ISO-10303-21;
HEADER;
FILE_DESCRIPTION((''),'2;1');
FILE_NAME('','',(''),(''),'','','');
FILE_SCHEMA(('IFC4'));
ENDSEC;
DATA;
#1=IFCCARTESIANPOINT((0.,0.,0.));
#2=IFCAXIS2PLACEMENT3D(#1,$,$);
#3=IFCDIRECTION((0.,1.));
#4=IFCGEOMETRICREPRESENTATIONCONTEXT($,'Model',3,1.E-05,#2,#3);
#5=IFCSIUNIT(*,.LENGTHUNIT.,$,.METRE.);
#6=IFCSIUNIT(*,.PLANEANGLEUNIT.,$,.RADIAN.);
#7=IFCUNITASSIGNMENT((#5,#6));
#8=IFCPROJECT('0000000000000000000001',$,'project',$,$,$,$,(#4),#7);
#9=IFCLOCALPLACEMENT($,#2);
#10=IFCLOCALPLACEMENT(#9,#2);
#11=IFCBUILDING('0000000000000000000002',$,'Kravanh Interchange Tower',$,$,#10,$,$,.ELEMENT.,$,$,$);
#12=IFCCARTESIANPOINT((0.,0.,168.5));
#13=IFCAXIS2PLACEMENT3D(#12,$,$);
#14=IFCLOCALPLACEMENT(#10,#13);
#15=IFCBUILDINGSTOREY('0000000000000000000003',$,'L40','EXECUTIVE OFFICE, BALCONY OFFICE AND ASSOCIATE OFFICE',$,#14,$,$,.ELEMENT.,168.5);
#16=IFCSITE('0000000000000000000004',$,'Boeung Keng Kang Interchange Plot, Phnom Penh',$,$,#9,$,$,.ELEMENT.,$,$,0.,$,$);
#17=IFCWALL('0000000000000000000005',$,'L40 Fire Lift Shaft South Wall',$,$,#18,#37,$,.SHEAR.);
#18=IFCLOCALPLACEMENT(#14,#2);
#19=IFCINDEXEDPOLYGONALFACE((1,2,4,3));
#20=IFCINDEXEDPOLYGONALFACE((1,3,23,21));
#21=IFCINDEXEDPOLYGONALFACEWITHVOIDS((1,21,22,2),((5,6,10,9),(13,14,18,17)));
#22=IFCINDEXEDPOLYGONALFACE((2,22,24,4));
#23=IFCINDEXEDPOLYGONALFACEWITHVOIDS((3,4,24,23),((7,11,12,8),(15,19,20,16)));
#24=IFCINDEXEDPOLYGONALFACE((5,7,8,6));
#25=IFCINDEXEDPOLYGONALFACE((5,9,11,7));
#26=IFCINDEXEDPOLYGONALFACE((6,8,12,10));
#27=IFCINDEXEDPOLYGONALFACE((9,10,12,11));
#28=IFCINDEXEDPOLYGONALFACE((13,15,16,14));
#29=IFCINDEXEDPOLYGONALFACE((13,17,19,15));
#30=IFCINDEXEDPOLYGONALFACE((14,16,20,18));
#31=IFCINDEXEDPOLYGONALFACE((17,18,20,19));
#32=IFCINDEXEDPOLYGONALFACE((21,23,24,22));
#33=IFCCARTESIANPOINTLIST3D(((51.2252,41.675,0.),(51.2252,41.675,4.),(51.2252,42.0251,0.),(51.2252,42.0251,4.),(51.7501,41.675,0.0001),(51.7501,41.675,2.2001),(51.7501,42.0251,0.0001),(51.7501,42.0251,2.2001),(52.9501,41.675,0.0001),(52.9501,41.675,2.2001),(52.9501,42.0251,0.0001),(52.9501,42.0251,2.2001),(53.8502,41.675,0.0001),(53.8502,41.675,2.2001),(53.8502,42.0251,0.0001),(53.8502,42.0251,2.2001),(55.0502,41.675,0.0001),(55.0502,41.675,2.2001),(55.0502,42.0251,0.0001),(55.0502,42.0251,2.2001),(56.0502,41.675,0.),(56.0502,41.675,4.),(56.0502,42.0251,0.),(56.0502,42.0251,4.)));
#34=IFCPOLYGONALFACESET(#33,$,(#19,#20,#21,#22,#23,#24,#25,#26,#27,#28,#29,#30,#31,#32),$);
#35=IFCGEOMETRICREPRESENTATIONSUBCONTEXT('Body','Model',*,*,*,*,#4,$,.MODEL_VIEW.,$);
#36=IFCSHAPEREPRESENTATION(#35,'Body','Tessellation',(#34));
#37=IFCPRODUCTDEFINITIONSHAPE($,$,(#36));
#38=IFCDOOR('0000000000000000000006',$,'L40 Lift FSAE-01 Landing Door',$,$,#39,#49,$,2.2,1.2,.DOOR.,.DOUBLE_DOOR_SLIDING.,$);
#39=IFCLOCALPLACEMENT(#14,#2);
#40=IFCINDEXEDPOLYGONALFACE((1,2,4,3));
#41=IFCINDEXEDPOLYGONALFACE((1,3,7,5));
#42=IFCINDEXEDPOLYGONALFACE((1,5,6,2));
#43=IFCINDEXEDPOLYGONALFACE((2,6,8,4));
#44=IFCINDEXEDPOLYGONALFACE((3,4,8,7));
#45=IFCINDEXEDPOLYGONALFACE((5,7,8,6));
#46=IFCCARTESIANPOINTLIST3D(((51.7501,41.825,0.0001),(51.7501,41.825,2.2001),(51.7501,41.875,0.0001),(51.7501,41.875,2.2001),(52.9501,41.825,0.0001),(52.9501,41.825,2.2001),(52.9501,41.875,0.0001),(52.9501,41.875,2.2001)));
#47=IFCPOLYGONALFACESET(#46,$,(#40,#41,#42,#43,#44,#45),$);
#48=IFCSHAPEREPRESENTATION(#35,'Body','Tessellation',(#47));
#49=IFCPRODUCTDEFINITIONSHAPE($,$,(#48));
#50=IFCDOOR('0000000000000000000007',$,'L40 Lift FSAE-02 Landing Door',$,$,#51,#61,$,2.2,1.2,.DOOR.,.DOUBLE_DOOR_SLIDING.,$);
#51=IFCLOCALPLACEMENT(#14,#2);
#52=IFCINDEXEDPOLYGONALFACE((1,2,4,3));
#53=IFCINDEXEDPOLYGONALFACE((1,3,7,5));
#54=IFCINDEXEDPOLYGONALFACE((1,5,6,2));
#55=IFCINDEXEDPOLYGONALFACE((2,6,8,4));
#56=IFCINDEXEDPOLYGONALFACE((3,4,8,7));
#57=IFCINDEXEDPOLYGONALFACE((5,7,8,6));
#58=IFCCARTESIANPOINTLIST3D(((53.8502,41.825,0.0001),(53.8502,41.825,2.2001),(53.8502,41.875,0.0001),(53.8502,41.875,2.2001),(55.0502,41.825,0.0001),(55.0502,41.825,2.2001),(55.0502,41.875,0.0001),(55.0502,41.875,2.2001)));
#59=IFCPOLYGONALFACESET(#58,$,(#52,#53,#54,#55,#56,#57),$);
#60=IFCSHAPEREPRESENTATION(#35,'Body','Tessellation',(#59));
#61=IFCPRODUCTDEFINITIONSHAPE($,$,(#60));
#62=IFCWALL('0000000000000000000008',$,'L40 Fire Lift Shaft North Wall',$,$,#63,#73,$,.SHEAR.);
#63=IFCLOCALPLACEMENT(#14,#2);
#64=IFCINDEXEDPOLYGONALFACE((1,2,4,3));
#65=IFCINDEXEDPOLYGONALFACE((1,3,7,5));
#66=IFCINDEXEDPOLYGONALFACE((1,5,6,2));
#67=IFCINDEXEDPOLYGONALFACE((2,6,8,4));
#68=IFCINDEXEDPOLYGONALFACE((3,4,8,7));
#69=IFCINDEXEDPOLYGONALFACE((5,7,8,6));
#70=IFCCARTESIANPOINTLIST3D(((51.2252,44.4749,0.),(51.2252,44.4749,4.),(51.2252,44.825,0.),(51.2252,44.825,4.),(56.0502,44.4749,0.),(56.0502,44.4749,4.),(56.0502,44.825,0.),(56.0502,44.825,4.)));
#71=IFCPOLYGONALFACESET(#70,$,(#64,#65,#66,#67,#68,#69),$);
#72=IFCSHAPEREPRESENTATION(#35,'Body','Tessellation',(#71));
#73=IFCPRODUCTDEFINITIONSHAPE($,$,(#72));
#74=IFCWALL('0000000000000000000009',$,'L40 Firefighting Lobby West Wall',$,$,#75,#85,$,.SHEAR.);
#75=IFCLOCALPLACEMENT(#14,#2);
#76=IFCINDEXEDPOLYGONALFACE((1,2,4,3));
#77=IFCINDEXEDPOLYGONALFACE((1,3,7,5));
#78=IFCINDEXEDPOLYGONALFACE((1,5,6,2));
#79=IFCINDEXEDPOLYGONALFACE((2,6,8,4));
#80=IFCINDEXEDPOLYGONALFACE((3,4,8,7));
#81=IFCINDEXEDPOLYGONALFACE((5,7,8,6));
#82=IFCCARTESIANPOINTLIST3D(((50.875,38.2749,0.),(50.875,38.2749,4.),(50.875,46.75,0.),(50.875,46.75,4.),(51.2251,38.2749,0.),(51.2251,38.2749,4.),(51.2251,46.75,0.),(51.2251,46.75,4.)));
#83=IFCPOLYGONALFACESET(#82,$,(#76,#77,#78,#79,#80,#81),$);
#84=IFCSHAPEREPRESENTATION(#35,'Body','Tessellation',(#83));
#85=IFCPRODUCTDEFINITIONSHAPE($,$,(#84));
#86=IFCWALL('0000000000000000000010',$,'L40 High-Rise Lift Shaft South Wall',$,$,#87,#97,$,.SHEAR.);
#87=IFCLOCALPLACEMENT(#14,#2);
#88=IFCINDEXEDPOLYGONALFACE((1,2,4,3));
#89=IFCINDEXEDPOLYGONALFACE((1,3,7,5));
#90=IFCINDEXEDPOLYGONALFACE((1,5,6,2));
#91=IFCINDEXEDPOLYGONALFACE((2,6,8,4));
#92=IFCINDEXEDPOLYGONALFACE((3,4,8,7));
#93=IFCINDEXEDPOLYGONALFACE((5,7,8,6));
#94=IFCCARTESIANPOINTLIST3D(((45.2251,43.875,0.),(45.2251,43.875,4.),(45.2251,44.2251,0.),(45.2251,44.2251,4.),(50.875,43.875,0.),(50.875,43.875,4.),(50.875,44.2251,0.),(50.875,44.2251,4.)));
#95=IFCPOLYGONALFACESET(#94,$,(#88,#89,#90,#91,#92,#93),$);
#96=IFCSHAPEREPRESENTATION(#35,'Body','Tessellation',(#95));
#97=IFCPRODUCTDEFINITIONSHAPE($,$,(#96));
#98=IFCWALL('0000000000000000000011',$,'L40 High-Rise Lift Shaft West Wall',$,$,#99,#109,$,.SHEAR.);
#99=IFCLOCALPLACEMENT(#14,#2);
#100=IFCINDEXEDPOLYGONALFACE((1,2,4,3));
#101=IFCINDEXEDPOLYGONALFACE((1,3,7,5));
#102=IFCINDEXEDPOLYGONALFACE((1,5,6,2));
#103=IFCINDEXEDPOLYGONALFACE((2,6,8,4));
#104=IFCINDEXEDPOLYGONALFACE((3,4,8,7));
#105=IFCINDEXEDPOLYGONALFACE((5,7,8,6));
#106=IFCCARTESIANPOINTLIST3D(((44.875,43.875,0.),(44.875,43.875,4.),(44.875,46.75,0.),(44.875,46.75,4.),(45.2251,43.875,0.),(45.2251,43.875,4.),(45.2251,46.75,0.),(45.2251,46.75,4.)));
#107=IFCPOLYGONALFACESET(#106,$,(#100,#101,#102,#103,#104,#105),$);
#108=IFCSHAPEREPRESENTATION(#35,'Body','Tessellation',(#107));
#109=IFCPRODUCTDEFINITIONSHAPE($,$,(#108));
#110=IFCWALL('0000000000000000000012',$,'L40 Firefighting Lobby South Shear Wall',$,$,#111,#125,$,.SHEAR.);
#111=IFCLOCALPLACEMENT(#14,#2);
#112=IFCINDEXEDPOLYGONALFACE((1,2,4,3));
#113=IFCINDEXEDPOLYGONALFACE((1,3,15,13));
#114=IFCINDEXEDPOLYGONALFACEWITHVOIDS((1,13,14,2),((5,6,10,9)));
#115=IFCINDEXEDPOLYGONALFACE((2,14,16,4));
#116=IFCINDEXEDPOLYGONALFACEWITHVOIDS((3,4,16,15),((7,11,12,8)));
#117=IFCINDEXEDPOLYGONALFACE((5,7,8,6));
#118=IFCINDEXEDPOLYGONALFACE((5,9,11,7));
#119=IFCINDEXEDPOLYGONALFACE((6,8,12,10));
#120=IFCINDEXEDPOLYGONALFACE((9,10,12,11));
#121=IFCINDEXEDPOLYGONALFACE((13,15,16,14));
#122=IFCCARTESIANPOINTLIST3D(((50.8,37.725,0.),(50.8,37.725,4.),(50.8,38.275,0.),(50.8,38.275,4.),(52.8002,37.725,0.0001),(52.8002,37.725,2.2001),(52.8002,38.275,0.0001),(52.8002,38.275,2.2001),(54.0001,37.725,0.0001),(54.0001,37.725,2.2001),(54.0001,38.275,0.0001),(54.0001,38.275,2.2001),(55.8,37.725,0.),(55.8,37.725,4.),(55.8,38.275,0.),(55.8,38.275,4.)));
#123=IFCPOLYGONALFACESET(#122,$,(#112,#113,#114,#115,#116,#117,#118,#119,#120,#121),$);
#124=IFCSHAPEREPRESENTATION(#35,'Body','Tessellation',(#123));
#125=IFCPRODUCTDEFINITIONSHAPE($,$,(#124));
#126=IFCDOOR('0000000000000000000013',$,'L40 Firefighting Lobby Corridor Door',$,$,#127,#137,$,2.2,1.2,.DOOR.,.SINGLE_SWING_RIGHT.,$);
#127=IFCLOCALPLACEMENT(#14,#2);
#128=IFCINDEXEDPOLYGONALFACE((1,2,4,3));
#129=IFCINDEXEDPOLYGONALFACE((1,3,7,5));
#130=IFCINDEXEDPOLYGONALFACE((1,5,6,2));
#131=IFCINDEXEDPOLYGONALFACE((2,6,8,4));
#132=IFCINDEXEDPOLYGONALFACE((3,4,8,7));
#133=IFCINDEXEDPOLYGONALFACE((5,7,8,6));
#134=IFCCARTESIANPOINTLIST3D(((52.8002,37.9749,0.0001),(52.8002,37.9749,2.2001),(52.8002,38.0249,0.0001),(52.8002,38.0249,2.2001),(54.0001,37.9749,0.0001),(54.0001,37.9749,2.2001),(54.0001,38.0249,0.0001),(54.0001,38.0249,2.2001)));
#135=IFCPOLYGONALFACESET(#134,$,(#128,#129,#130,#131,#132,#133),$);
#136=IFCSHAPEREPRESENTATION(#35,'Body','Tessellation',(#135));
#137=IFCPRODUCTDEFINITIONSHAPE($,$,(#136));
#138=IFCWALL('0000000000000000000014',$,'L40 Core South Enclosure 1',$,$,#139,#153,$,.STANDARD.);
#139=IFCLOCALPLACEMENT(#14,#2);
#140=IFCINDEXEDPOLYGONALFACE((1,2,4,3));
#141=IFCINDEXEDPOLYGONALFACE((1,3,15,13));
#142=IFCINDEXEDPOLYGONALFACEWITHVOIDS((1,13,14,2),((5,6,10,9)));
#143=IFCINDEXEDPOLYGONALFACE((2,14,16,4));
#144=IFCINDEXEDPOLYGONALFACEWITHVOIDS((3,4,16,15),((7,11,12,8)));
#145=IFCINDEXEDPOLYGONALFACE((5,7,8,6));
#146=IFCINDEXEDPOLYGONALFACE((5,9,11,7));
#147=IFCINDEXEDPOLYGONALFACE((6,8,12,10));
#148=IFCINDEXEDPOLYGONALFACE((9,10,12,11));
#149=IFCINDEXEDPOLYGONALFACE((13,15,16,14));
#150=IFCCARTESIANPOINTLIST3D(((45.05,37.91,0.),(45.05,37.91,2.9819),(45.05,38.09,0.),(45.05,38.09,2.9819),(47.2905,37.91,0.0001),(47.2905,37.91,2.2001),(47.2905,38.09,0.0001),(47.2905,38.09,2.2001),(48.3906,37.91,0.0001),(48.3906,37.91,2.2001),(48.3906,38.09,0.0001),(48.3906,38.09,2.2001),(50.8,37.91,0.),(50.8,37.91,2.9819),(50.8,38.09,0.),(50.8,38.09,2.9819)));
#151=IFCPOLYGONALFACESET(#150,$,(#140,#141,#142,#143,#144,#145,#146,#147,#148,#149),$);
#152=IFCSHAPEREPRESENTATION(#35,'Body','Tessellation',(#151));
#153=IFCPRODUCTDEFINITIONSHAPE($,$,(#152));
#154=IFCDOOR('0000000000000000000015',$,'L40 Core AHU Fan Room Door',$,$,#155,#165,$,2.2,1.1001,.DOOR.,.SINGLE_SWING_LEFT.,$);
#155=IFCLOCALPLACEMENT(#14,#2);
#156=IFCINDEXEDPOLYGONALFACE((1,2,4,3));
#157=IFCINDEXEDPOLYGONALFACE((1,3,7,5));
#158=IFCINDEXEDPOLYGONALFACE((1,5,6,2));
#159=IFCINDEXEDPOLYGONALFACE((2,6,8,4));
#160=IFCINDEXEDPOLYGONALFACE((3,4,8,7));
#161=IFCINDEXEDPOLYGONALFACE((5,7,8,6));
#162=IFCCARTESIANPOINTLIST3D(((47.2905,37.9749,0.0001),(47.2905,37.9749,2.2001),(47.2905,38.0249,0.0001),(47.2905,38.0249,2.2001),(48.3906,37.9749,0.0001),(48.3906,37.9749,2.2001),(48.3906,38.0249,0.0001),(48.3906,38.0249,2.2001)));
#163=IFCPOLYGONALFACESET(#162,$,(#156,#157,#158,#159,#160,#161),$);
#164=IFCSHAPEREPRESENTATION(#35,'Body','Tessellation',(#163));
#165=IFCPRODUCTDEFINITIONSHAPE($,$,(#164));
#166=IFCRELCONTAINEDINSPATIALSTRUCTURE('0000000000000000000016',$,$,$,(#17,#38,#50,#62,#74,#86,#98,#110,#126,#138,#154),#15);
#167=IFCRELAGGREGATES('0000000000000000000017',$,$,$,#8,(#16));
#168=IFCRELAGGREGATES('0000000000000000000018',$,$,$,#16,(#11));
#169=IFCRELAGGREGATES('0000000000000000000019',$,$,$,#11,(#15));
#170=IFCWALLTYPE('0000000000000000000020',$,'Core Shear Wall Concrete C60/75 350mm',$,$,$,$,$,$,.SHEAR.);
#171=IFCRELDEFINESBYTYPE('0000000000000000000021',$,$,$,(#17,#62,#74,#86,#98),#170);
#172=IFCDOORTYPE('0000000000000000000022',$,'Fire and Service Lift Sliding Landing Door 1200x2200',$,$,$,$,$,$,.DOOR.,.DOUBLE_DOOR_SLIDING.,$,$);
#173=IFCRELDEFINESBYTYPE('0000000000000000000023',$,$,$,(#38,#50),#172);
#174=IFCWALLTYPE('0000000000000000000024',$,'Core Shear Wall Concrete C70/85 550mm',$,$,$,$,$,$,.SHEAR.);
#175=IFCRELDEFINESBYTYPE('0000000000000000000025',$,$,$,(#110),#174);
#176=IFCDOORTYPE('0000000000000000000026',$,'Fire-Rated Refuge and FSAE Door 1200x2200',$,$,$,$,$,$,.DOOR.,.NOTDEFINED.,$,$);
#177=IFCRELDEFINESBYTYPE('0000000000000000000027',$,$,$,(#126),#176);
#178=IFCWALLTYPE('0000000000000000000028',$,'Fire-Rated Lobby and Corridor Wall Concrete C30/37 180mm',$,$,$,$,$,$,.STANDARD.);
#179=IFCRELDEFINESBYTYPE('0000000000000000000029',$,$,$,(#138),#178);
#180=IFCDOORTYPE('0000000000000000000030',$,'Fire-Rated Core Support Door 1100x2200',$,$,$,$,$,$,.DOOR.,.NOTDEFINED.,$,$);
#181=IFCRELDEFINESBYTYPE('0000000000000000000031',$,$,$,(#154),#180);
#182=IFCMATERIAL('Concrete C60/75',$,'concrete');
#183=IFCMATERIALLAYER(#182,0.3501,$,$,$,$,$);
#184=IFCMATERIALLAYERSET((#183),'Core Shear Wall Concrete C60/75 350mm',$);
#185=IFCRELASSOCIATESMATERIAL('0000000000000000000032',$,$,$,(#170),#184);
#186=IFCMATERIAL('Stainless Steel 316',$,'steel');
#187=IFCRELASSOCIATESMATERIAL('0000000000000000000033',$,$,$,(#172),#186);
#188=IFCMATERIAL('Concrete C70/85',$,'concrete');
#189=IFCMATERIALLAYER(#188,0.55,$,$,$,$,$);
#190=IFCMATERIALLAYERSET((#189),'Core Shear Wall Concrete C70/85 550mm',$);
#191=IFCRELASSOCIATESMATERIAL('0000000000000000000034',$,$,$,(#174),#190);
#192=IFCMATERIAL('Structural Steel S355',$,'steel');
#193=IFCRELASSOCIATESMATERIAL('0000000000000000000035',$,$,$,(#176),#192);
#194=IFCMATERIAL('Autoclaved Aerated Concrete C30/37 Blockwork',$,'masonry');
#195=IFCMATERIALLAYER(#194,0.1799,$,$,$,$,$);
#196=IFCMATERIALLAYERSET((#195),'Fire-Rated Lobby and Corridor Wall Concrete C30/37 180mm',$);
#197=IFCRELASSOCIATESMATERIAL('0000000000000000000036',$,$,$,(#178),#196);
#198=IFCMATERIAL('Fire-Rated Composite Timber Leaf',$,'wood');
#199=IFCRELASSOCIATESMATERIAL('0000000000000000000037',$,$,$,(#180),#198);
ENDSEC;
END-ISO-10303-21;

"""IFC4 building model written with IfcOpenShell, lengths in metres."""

from ifc_helpers import new_model, si_unit, direction, frame, frame_2d, origin, place, context, subcontext, project, spatial, rectangle, extrude, material, layer, layer_set, type_object, element, fill, save


model = new_model("IFC4")

# Units and contexts
model_context = context("Model", 3, precision=1e-05, world=origin(), true_north=direction((0.0, 1.0)))
body_context = subcontext(model_context, "Body", "Model", "MODEL_VIEW")
ifc_project = project(units=[si_unit("LENGTHUNIT", "METRE"), si_unit("PLANEANGLEUNIT", "RADIAN")], contexts=[model_context])

# Site, building, storey
site_placement = place(None, origin())
site = spatial("IfcSite", under=ifc_project, at=site_placement, Name="Boeung Keng Kang Interchange Plot, Phnom Penh", CompositionType="ELEMENT", RefElevation=0.0)
building_placement = place(site_placement, origin())
building = spatial("IfcBuilding", under=site, at=building_placement, Name="Kravanh Interchange Tower", CompositionType="ELEMENT")
storey_placement = place(building_placement, frame((0.0, 0.0, 168.5)))
storey = spatial("IfcBuildingStorey", under=building, at=storey_placement, Name="L40", Description="EXECUTIVE OFFICE, BALCONY OFFICE AND ASSOCIATE OFFICE", CompositionType="ELEMENT", Elevation=168.5)

# Wall, openings, doors
ifc_material_1 = material(Name="Concrete C60/75", Category="concrete")
ifc_layer_1 = layer(ifc_material_1, 0.3501)
ifc_layer_set_1 = layer_set([ifc_layer_1], Name="Core Shear Wall Concrete C60/75 350mm")
wall_type_1 = type_object("IfcWallType", Name="Core Shear Wall Concrete C60/75 350mm", PredefinedType="SHEAR", material=ifc_layer_set_1)
wall_1_placement = place(storey_placement, frame((51.2251, 41.8501, 0.0), z_axis=(0.0, 0.0, 1.0), x_axis=(1.0, 0.0, 0.0)))
wall_1 = element("IfcWall", 1, at=wall_1_placement, inside=storey, type_object=wall_type_1, Name="L40 Fire Lift Shaft South Wall", PredefinedType="SHEAR", context=body_context, shape_type="SweptSolid", body=[
    extrude(rectangle(XDim=4.825, YDim=0.3501, at=frame_2d((2.4126, 0.0))), origin(), (0.0, 0.0, 1.0), 4.0),
])
opening_1_placement = place(wall_1_placement, frame((0.5249, 0.0, 0.0)))
opening_1 = element("IfcOpeningElement", 2, at=opening_1_placement, cuts=wall_1, PredefinedType="OPENING", context=body_context, shape_type="SweptSolid", body=[
    extrude(rectangle(XDim=1.2, YDim=2.2, at=frame_2d((0.6001, 1.1001))), frame((0.0, 0.1851, 0.0), z_axis=(0.0, -1.0, 0.0), x_axis=(1.0, 0.0, 0.0)), (0.0, 0.0, 1.0), 0.3701),
])
opening_2_placement = place(wall_1_placement, frame((2.625, 0.0, 0.0)))
opening_2 = element("IfcOpeningElement", 3, at=opening_2_placement, cuts=wall_1, PredefinedType="OPENING", context=body_context, shape_type="SweptSolid", body=[
    extrude(rectangle(XDim=1.2, YDim=2.2, at=frame_2d((0.6001, 1.1001))), frame((0.0, 0.1851, 0.0), z_axis=(0.0, -1.0, 0.0), x_axis=(1.0, 0.0, 0.0)), (0.0, 0.0, 1.0), 0.3701),
])
ifc_material_2 = material(Name="Stainless Steel 316", Category="steel")
door_type_1 = type_object("IfcDoorType", Name="Fire and Service Lift Sliding Landing Door 1200x2200", OperationType="DOUBLE_DOOR_SLIDING", PredefinedType="DOOR", material=ifc_material_2)
door_1_placement = place(opening_1_placement, origin())
door_1 = element("IfcDoor", 4, at=door_1_placement, inside=storey, type_object=door_type_1, Name="L40 Lift FSAE-01 Landing Door", OperationType="DOUBLE_DOOR_SLIDING", OverallHeight=2.2, OverallWidth=1.2, PredefinedType="DOOR", context=body_context, shape_type="SweptSolid", body=[
    extrude(rectangle(XDim=1.2, YDim=2.2, at=frame_2d((0.6001, 1.1001))), frame((0.0, 0.0249, 0.0), z_axis=(0.0, -1.0, 0.0), x_axis=(1.0, 0.0, 0.0)), (0.0, 0.0, 1.0), 0.05),
])
fill(opening_1, door_1)
door_2_placement = place(opening_2_placement, origin())
door_2 = element("IfcDoor", 5, at=door_2_placement, inside=storey, type_object=door_type_1, Name="L40 Lift FSAE-02 Landing Door", OperationType="DOUBLE_DOOR_SLIDING", OverallHeight=2.2, OverallWidth=1.2, PredefinedType="DOOR", context=body_context, shape_type="SweptSolid", body=[
    extrude(rectangle(XDim=1.2, YDim=2.2, at=frame_2d((0.6001, 1.1001))), frame((0.0, 0.0249, 0.0), z_axis=(0.0, -1.0, 0.0), x_axis=(1.0, 0.0, 0.0)), (0.0, 0.0, 1.0), 0.05),
])
fill(opening_2, door_2)

# Walls
wall_2_placement = place(storey_placement, frame((51.2251, 44.6499, 0.0), z_axis=(0.0, 0.0, 1.0), x_axis=(1.0, 0.0, 0.0)))
element("IfcWall", 6, at=wall_2_placement, inside=storey, type_object=wall_type_1, Name="L40 Fire Lift Shaft North Wall", PredefinedType="SHEAR", context=body_context, shape_type="SweptSolid", body=[
    extrude(rectangle(XDim=4.825, YDim=0.3501, at=frame_2d((2.4126, 0.0))), origin(), (0.0, 0.0, 1.0), 4.0),
])
wall_3_placement = place(storey_placement, frame((51.05, 38.2749, 0.0), z_axis=(0.0, 0.0, 1.0), x_axis=(0.0, 1.0, 0.0)))
element("IfcWall", 7, at=wall_3_placement, inside=storey, type_object=wall_type_1, Name="L40 Firefighting Lobby West Wall", PredefinedType="SHEAR", context=body_context, shape_type="SweptSolid", body=[
    extrude(rectangle(XDim=8.4751, YDim=0.3501, at=frame_2d((4.2375, 0.0))), origin(), (0.0, 0.0, 1.0), 4.0),
])
wall_4_placement = place(storey_placement, frame((45.2251, 44.05, 0.0), z_axis=(0.0, 0.0, 1.0), x_axis=(1.0, 0.0, 0.0)))
element("IfcWall", 8, at=wall_4_placement, inside=storey, type_object=wall_type_1, Name="L40 High-Rise Lift Shaft South Wall", PredefinedType="SHEAR", context=body_context, shape_type="SweptSolid", body=[
    extrude(rectangle(XDim=5.6499, YDim=0.3501, at=frame_2d((2.825, 0.0))), origin(), (0.0, 0.0, 1.0), 4.0),
])
wall_5_placement = place(storey_placement, frame((45.05, 43.875, 0.0), z_axis=(0.0, 0.0, 1.0), x_axis=(0.0, 1.0, 0.0)))
element("IfcWall", 9, at=wall_5_placement, inside=storey, type_object=wall_type_1, Name="L40 High-Rise Lift Shaft West Wall", PredefinedType="SHEAR", context=body_context, shape_type="SweptSolid", body=[
    extrude(rectangle(XDim=2.875, YDim=0.3501, at=frame_2d((1.4375, 0.0))), origin(), (0.0, 0.0, 1.0), 4.0),
])

# Shared definitions
ifc_material_3 = material(Name="Concrete C70/85", Category="concrete")
ifc_layer_2 = layer(ifc_material_3, 0.55)
ifc_layer_set_2 = layer_set([ifc_layer_2], Name="Core Shear Wall Concrete C70/85 550mm")
wall_type_2 = type_object("IfcWallType", Name="Core Shear Wall Concrete C70/85 550mm", PredefinedType="SHEAR", material=ifc_layer_set_2)

# Walls, openings, doors
wall_6_placement = place(storey_placement, frame((50.8, 38.0, 0.0), z_axis=(0.0, 0.0, 1.0), x_axis=(1.0, 0.0, 0.0)))
wall_6 = element("IfcWall", 10, at=wall_6_placement, inside=storey, type_object=wall_type_2, Name="L40 Firefighting Lobby South Shear Wall", PredefinedType="SHEAR", context=body_context, shape_type="SweptSolid", body=[
    extrude(rectangle(XDim=5.0, YDim=0.55, at=frame_2d((2.5, 0.0))), origin(), (0.0, 0.0, 1.0), 4.0),
])
opening_3_placement = place(wall_6_placement, frame((2.0, 0.0, 0.0)))
opening_3 = element("IfcOpeningElement", 11, at=opening_3_placement, cuts=wall_6, PredefinedType="OPENING", context=body_context, shape_type="SweptSolid", body=[
    extrude(rectangle(XDim=1.2, YDim=2.2, at=frame_2d((0.6001, 1.1001))), frame((0.0, 0.2852, 0.0), z_axis=(0.0, -1.0, 0.0), x_axis=(1.0, 0.0, 0.0)), (0.0, 0.0, 1.0), 0.5701),
])
ifc_material_4 = material(Name="Structural Steel S355", Category="steel")
door_type_2 = type_object("IfcDoorType", Name="Fire-Rated Refuge and FSAE Door 1200x2200", OperationType="NOTDEFINED", PredefinedType="DOOR", material=ifc_material_4)
door_3_placement = place(opening_3_placement, origin())
door_3 = element("IfcDoor", 12, at=door_3_placement, inside=storey, type_object=door_type_2, Name="L40 Firefighting Lobby Corridor Door", OperationType="SINGLE_SWING_RIGHT", OverallHeight=2.2, OverallWidth=1.2, PredefinedType="DOOR", context=body_context, shape_type="SweptSolid", body=[
    extrude(rectangle(XDim=1.2, YDim=2.2, at=frame_2d((0.6001, 1.1001))), frame((0.0, 0.0249, 0.0), z_axis=(0.0, -1.0, 0.0), x_axis=(1.0, 0.0, 0.0)), (0.0, 0.0, 1.0), 0.05),
])
fill(opening_3, door_3)
ifc_material_5 = material(Name="Autoclaved Aerated Concrete C30/37 Blockwork", Category="masonry")
ifc_layer_3 = layer(ifc_material_5, 0.1799)
ifc_layer_set_3 = layer_set([ifc_layer_3], Name="Fire-Rated Lobby and Corridor Wall Concrete C30/37 180mm")
wall_type_3 = type_object("IfcWallType", Name="Fire-Rated Lobby and Corridor Wall Concrete C30/37 180mm", PredefinedType="STANDARD", material=ifc_layer_set_3)
wall_7_placement = place(storey_placement, frame((45.05, 38.0, 0.0), z_axis=(0.0, 0.0, 1.0), x_axis=(1.0, 0.0, 0.0)))
wall_7 = element("IfcWall", 13, at=wall_7_placement, inside=storey, type_object=wall_type_3, Name="L40 Core South Enclosure 1", PredefinedType="STANDARD", context=body_context, shape_type="SweptSolid", body=[
    extrude(rectangle(XDim=5.75, YDim=0.1799, at=frame_2d((2.875, 0.0))), origin(), (0.0, 0.0, 1.0), 2.9819),
])
opening_4_placement = place(wall_7_placement, frame((2.2405, 0.0, 0.0)))
opening_4 = element("IfcOpeningElement", 14, at=opening_4_placement, cuts=wall_7, PredefinedType="OPENING", context=body_context, shape_type="SweptSolid", body=[
    extrude(rectangle(XDim=1.1001, YDim=2.2, at=frame_2d((0.55, 1.1001))), frame((0.0, 0.1001, 0.0), z_axis=(0.0, -1.0, 0.0), x_axis=(1.0, 0.0, 0.0)), (0.0, 0.0, 1.0), 0.2),
])
ifc_material_6 = material(Name="Fire-Rated Composite Timber Leaf", Category="wood")
door_type_3 = type_object("IfcDoorType", Name="Fire-Rated Core Support Door 1100x2200", OperationType="NOTDEFINED", PredefinedType="DOOR", material=ifc_material_6)
door_4_placement = place(opening_4_placement, origin())
door_4 = element("IfcDoor", 15, at=door_4_placement, inside=storey, type_object=door_type_3, Name="L40 Core AHU Fan Room Door", OperationType="SINGLE_SWING_LEFT", OverallHeight=2.2, OverallWidth=1.1001, PredefinedType="DOOR", context=body_context, shape_type="SweptSolid", body=[
    extrude(rectangle(XDim=1.1001, YDim=2.2, at=frame_2d((0.55, 1.1001))), frame((0.0, 0.0249, 0.0), z_axis=(0.0, -1.0, 0.0), x_axis=(1.0, 0.0, 0.0)), (0.0, 0.0, 1.0), 0.05),
])
fill(opening_4, door_4)

save(model, "model.ifc")
